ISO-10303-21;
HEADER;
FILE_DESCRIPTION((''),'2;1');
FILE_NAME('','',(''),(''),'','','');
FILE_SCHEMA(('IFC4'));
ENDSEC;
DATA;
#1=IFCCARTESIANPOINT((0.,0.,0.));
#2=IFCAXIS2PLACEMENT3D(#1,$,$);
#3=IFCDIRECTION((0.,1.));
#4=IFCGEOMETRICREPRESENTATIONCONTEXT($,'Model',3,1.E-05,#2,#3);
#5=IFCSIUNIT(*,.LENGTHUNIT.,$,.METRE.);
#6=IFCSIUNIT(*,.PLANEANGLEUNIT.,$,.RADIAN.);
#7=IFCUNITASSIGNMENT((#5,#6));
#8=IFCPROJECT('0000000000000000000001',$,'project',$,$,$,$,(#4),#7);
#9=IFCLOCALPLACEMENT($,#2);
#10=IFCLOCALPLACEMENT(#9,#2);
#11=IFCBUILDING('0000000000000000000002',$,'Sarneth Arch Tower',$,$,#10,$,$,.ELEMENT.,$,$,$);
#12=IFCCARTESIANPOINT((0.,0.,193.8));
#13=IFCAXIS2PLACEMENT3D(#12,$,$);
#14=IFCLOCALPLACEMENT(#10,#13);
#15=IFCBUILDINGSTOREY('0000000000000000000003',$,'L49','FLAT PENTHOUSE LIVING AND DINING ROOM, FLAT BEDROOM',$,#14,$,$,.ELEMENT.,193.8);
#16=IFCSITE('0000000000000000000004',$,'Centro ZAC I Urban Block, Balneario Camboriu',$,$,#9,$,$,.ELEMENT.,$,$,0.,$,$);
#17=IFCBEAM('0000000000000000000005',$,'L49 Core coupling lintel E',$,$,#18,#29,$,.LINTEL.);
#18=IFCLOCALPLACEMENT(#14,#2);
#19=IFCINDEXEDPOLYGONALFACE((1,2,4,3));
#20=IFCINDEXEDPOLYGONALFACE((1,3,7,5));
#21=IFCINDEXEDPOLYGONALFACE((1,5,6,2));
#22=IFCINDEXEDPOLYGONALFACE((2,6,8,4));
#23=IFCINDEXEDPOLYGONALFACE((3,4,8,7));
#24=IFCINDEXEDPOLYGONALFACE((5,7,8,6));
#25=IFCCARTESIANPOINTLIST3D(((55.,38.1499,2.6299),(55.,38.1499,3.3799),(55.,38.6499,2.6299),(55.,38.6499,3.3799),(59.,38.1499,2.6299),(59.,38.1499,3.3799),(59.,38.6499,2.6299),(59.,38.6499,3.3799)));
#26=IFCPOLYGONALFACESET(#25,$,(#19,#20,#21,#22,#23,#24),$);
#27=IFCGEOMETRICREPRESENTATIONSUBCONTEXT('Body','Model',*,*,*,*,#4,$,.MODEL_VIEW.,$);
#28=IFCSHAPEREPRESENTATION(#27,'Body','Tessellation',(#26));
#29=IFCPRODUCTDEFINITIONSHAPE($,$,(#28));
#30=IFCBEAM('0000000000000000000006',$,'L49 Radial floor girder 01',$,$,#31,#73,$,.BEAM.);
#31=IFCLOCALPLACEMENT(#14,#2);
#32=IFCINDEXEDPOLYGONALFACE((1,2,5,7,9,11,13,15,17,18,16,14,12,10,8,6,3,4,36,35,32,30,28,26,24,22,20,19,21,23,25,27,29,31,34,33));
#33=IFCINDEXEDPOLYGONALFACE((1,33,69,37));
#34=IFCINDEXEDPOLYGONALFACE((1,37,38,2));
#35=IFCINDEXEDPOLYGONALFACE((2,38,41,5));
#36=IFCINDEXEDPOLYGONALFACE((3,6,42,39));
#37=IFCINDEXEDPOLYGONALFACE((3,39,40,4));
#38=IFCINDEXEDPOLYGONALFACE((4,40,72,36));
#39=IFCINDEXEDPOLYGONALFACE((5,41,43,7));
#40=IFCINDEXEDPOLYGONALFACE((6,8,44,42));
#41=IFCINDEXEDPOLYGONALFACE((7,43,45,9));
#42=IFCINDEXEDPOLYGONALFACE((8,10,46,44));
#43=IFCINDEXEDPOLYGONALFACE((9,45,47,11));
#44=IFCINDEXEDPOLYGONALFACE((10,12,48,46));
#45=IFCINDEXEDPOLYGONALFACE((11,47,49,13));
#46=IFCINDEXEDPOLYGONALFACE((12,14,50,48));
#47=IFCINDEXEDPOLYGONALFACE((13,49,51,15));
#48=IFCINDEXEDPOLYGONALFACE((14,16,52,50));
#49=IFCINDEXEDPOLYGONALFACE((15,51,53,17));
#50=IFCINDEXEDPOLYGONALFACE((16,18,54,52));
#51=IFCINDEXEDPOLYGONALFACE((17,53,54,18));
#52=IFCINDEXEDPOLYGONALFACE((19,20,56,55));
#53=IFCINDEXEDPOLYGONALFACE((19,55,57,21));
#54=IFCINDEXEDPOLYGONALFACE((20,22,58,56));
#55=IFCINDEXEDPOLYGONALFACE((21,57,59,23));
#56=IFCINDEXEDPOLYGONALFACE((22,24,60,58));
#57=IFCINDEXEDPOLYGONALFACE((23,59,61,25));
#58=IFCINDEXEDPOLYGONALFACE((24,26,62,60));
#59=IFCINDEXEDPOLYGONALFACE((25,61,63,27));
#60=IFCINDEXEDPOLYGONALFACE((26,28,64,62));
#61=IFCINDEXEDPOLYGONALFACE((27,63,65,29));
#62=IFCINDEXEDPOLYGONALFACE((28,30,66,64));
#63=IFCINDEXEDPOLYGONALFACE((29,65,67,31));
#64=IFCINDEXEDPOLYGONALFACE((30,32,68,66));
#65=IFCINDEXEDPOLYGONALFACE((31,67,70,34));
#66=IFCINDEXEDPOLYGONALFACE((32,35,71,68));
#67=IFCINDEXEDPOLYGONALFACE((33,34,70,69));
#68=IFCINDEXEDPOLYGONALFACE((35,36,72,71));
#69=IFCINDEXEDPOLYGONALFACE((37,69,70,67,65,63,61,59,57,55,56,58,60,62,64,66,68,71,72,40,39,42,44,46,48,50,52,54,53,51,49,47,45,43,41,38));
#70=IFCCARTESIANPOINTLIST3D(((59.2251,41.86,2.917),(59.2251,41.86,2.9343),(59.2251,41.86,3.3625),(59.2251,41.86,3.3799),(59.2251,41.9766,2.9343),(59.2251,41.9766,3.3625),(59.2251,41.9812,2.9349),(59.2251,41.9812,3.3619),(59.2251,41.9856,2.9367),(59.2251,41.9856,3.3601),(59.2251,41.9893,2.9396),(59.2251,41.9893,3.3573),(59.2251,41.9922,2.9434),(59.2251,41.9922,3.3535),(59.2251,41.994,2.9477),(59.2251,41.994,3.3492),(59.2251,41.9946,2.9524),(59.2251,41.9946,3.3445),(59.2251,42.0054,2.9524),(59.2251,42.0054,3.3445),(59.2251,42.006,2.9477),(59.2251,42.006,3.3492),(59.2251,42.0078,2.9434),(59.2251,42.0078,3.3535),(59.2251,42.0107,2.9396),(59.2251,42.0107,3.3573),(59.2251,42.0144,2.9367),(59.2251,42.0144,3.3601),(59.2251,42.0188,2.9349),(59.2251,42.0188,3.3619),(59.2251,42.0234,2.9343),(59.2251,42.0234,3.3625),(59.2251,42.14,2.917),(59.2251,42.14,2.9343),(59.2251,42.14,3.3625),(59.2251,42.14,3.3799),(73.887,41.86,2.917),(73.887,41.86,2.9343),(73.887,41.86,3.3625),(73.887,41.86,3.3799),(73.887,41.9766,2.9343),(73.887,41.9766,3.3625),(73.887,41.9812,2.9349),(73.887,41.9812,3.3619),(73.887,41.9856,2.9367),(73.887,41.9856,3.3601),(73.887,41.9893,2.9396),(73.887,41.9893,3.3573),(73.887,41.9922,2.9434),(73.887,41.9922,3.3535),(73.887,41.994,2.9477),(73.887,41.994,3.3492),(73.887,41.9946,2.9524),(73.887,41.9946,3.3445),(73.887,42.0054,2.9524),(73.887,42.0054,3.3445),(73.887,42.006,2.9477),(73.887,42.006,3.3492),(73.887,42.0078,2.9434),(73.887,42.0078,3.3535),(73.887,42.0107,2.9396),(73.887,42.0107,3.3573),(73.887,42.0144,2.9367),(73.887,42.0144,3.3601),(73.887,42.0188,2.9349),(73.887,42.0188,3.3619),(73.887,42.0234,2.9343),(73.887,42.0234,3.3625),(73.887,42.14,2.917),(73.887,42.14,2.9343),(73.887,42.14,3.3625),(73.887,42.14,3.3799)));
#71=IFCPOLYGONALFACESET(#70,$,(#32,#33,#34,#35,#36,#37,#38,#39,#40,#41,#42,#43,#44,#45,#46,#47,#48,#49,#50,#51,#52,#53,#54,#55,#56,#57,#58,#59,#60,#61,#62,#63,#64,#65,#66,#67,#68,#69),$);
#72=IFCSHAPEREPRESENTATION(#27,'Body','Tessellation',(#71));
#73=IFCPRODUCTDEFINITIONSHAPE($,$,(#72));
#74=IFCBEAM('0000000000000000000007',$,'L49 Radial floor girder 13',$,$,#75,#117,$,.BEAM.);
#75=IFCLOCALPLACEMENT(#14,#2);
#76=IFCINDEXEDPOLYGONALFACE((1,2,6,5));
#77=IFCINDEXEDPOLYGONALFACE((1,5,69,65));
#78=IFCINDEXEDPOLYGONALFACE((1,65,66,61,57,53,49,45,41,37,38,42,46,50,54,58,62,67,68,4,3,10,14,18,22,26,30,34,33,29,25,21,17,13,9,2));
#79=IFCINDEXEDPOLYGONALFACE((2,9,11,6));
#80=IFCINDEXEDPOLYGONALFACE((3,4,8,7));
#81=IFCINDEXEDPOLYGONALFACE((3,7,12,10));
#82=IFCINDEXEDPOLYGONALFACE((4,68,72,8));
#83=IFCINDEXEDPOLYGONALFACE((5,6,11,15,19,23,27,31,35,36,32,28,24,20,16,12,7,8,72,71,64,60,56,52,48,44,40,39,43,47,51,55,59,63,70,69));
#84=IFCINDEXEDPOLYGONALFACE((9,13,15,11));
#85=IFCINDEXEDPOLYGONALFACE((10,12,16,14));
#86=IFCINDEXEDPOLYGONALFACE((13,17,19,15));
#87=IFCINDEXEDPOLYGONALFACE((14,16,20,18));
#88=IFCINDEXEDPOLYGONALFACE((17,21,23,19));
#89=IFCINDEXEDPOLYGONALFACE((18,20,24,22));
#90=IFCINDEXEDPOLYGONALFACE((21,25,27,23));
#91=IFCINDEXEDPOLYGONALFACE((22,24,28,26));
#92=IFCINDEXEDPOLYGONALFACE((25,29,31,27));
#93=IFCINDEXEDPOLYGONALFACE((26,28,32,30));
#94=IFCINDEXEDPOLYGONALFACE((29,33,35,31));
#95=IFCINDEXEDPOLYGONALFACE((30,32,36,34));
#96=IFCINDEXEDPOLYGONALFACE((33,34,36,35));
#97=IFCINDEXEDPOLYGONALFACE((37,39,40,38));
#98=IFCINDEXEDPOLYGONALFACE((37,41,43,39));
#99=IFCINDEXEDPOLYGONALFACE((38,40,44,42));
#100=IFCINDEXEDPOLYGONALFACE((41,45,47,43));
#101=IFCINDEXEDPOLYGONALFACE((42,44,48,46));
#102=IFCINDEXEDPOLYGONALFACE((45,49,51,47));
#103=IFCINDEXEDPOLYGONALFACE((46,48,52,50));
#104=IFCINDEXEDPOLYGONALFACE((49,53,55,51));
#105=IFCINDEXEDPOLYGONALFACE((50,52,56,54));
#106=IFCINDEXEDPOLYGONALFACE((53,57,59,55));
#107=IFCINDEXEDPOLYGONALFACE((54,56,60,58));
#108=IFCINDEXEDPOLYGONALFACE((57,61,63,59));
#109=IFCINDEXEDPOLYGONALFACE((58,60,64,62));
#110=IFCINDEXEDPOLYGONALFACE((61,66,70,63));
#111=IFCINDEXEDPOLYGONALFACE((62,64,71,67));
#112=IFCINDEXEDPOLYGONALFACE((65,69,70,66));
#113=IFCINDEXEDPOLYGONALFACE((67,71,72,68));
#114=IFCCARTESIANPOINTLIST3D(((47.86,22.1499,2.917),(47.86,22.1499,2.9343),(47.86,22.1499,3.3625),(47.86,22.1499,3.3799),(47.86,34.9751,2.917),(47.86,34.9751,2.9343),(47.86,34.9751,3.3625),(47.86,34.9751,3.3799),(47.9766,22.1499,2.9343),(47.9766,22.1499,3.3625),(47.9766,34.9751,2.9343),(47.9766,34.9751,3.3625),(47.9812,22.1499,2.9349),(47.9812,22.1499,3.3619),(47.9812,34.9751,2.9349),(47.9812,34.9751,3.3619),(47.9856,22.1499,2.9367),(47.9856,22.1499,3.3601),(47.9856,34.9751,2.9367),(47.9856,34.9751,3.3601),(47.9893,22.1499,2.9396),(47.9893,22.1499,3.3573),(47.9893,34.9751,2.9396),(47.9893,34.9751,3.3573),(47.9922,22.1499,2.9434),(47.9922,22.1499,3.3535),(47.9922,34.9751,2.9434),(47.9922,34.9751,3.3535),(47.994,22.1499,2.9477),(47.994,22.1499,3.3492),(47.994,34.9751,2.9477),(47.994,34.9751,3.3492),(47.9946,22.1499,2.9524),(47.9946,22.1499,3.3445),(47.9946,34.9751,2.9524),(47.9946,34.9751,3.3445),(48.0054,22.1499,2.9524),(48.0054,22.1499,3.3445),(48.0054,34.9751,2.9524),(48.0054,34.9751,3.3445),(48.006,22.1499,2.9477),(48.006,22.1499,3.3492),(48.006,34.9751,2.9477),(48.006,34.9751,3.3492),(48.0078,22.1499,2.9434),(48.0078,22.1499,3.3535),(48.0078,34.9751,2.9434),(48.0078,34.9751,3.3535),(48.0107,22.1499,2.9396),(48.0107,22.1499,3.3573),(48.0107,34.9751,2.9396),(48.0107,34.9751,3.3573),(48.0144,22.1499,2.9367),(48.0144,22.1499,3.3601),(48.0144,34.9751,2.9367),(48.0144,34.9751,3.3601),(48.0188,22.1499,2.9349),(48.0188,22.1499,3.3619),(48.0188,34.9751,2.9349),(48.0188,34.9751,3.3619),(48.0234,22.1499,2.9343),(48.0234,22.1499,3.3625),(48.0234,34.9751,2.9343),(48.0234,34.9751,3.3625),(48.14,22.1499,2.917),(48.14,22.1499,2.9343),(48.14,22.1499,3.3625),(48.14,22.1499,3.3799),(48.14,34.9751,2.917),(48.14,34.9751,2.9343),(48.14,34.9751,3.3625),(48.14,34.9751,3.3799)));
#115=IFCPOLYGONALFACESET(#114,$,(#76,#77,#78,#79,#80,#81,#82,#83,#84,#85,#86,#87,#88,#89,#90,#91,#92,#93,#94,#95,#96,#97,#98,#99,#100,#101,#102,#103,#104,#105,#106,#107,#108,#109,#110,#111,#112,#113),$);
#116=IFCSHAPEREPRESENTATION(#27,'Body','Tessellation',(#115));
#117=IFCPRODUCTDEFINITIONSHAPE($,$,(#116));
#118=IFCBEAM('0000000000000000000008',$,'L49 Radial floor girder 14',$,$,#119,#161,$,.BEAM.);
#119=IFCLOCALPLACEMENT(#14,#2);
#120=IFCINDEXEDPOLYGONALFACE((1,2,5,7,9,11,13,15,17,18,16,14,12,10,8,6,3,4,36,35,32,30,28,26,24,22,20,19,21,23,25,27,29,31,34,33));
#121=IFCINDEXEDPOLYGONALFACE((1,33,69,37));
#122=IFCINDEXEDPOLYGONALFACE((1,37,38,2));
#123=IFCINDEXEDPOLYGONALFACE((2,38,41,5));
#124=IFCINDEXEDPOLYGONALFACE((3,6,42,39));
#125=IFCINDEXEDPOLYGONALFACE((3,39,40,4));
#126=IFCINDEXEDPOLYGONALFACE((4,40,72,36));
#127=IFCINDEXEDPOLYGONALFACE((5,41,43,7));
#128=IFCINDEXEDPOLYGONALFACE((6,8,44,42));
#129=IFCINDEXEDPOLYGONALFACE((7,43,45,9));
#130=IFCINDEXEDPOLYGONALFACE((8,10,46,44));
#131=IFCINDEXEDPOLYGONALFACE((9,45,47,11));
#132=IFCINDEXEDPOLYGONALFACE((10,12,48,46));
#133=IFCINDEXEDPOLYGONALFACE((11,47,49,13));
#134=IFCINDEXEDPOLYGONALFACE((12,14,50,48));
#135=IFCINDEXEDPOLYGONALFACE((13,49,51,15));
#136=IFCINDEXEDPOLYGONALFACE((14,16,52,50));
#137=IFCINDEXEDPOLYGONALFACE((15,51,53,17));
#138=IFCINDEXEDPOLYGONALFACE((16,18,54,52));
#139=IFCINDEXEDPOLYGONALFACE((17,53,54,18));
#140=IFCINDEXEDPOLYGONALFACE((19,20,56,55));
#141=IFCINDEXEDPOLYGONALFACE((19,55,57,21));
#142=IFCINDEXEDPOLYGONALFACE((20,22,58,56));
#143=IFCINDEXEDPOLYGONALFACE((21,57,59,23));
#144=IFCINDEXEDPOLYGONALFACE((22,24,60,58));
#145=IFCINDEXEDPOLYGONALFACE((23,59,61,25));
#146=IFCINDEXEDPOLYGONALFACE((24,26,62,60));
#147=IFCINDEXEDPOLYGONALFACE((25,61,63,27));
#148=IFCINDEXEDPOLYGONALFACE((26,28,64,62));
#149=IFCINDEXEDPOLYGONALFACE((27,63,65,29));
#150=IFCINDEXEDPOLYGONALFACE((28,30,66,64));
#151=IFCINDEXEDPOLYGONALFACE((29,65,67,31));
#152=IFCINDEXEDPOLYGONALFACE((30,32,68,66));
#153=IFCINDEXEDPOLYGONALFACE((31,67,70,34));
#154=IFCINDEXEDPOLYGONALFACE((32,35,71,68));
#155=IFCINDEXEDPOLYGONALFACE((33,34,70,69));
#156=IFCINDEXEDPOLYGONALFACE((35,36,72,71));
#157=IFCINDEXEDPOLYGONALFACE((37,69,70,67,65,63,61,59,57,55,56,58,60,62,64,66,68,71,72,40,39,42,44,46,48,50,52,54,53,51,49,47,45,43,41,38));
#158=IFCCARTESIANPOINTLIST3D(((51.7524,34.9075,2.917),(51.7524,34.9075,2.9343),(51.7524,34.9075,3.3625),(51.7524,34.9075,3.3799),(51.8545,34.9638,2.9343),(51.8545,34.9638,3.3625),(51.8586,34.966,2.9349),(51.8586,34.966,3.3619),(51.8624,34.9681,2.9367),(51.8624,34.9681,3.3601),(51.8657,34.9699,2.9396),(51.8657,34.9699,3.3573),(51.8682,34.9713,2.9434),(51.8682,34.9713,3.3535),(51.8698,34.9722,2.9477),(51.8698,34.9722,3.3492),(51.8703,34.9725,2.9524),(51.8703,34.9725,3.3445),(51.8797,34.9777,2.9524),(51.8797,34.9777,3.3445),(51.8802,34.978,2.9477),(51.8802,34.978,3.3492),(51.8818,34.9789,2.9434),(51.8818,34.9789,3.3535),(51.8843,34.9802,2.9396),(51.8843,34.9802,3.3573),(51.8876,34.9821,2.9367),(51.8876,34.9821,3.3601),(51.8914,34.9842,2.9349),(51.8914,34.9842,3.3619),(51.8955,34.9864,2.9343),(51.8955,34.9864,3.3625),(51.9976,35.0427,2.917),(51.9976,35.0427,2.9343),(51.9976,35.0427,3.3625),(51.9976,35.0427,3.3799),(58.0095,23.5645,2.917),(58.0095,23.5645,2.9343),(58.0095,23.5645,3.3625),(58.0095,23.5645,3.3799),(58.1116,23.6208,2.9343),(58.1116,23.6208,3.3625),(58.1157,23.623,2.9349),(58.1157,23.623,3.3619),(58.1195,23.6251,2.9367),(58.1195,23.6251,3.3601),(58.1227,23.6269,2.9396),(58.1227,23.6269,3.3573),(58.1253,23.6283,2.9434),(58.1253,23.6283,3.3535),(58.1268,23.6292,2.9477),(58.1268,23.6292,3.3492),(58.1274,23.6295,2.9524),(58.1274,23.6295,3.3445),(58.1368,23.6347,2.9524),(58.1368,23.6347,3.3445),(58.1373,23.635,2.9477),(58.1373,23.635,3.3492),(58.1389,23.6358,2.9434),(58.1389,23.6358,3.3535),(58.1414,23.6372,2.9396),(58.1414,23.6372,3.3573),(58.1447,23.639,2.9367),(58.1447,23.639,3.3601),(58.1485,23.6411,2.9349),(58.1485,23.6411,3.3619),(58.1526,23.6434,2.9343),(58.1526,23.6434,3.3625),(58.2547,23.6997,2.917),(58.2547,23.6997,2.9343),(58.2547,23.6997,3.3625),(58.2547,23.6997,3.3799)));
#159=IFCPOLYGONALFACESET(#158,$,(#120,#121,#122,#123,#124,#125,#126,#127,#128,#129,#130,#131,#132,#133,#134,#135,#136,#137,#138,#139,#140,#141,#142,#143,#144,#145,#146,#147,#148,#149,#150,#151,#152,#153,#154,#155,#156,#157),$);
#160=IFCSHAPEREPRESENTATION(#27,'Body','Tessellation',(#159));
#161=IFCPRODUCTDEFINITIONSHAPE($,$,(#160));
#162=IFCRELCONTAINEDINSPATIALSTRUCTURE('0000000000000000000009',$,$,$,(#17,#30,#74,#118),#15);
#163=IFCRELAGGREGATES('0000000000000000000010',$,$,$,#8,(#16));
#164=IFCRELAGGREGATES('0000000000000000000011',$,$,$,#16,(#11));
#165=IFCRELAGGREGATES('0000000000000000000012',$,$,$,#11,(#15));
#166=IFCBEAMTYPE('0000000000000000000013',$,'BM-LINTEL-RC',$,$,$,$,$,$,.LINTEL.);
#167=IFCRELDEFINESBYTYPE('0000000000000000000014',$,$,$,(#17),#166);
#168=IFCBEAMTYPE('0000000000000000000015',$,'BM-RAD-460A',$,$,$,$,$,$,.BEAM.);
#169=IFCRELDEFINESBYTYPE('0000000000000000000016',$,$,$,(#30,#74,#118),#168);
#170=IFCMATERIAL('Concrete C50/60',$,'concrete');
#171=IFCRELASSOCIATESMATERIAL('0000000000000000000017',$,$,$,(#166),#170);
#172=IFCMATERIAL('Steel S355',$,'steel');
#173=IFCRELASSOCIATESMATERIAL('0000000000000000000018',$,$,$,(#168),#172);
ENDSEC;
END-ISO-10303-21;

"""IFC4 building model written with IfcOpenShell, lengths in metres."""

from ifc_helpers import new_model, si_unit, direction, frame, origin, origin_2d, place, context, subcontext, project, spatial, rectangle, i_section, extrude, material, material_profile, profile_set, type_object, element, save


model = new_model("IFC4")

# Units and contexts
model_context = context("Model", 3, precision=1e-05, world=origin(), true_north=direction((0.0, 1.0)))
body_context = subcontext(model_context, "Body", "Model", "MODEL_VIEW")
ifc_project = project(units=[si_unit("LENGTHUNIT", "METRE"), si_unit("PLANEANGLEUNIT", "RADIAN")], contexts=[model_context])

# Site, building, storey
site_placement = place(None, origin())
site = spatial("IfcSite", under=ifc_project, at=site_placement, Name="Centro ZAC I Urban Block, Balneario Camboriu", CompositionType="ELEMENT", RefElevation=0.0)
building_placement = place(site_placement, origin())
building = spatial("IfcBuilding", under=site, at=building_placement, Name="Sarneth Arch Tower", CompositionType="ELEMENT")
storey_placement = place(building_placement, frame((0.0, 0.0, 193.8)))
storey = spatial("IfcBuildingStorey", under=building, at=storey_placement, Name="L49", Description="FLAT PENTHOUSE LIVING AND DINING ROOM, FLAT BEDROOM", CompositionType="ELEMENT", Elevation=193.8)

# Beams
ifc_material_1 = material(Name="Concrete C50/60", Category="concrete")
ifc_material_profile_1 = material_profile(ifc_material_1, rectangle(XDim=0.5, YDim=0.75, at=origin_2d()), Name="RC-500x750")
ifc_profile_set_1 = profile_set([ifc_material_profile_1], Name="Concrete C50/60")
beam_type_1 = type_object("IfcBeamType", Name="BM-LINTEL-RC", PredefinedType="LINTEL", material=ifc_profile_set_1)
beam_1_placement = place(storey_placement, frame((55.0, 38.3999, 3.0049), z_axis=(1.0, 0.0, 0.0), x_axis=(0.0, 1.0, 0.0)))
element("IfcBeam", 1, at=beam_1_placement, inside=storey, type_object=beam_type_1, Name="L49 Core coupling lintel E", PredefinedType="LINTEL", context=body_context, shape_type="SweptSolid", body=[
    extrude(rectangle(XDim=0.5, YDim=0.75, at=origin_2d()), origin(), (0.0, 0.0, 1.0), 4.0),
])
ifc_material_2 = material(Name="Steel S355", Category="steel")
ifc_material_profile_2 = material_profile(ifc_material_2, i_section(OverallWidth=0.28, OverallDepth=0.4629, WebThickness=0.0107, FlangeThickness=0.0173, FilletRadius=0.0181, at=origin_2d()), Name="W460x113")
ifc_profile_set_2 = profile_set([ifc_material_profile_2], Name="Steel S355")
beam_type_2 = type_object("IfcBeamType", Name="BM-RAD-460A", PredefinedType="BEAM", material=ifc_profile_set_2)
beam_2_placement = place(storey_placement, frame((59.2251, 42.0, 3.1484), z_axis=(1.0, 0.0, 0.0), x_axis=(0.0, 1.0, 0.0)))
element("IfcBeam", 2, at=beam_2_placement, inside=storey, type_object=beam_type_2, Name="L49 Radial floor girder 01", PredefinedType="BEAM", context=body_context, shape_type="SweptSolid", body=[
    extrude(i_section(OverallWidth=0.28, OverallDepth=0.4629, WebThickness=0.0107, FlangeThickness=0.0173, FilletRadius=0.0181, at=origin_2d()), origin(), (0.0, 0.0, 1.0), 14.6619),
])
beam_3_placement = place(storey_placement, frame((48.0, 34.9751, 3.1484), z_axis=(0.0, -1.0, 0.0), x_axis=(1.0, 0.0, 0.0)))
element("IfcBeam", 3, at=beam_3_placement, inside=storey, type_object=beam_type_2, Name="L49 Radial floor girder 13", PredefinedType="BEAM", context=body_context, shape_type="SweptSolid", body=[
    extrude(i_section(OverallWidth=0.28, OverallDepth=0.4629, WebThickness=0.0107, FlangeThickness=0.0173, FilletRadius=0.0181, at=origin_2d()), origin(), (0.0, 0.0, 1.0), 12.8252),
])
beam_4_placement = place(storey_placement, frame((51.875, 34.9751, 3.1484), z_axis=(0.48301, -0.875615, 0.0), x_axis=(0.875615, 0.48301, 0.0)))
element("IfcBeam", 4, at=beam_4_placement, inside=storey, type_object=beam_type_2, Name="L49 Radial floor girder 14", PredefinedType="BEAM", context=body_context, shape_type="SweptSolid", body=[
    extrude(i_section(OverallWidth=0.28, OverallDepth=0.4629, WebThickness=0.0107, FlangeThickness=0.0173, FilletRadius=0.0181, at=origin_2d()), origin(), (0.0, 0.0, 1.0), 12.9543),
])

save(model, "model.ifc")
